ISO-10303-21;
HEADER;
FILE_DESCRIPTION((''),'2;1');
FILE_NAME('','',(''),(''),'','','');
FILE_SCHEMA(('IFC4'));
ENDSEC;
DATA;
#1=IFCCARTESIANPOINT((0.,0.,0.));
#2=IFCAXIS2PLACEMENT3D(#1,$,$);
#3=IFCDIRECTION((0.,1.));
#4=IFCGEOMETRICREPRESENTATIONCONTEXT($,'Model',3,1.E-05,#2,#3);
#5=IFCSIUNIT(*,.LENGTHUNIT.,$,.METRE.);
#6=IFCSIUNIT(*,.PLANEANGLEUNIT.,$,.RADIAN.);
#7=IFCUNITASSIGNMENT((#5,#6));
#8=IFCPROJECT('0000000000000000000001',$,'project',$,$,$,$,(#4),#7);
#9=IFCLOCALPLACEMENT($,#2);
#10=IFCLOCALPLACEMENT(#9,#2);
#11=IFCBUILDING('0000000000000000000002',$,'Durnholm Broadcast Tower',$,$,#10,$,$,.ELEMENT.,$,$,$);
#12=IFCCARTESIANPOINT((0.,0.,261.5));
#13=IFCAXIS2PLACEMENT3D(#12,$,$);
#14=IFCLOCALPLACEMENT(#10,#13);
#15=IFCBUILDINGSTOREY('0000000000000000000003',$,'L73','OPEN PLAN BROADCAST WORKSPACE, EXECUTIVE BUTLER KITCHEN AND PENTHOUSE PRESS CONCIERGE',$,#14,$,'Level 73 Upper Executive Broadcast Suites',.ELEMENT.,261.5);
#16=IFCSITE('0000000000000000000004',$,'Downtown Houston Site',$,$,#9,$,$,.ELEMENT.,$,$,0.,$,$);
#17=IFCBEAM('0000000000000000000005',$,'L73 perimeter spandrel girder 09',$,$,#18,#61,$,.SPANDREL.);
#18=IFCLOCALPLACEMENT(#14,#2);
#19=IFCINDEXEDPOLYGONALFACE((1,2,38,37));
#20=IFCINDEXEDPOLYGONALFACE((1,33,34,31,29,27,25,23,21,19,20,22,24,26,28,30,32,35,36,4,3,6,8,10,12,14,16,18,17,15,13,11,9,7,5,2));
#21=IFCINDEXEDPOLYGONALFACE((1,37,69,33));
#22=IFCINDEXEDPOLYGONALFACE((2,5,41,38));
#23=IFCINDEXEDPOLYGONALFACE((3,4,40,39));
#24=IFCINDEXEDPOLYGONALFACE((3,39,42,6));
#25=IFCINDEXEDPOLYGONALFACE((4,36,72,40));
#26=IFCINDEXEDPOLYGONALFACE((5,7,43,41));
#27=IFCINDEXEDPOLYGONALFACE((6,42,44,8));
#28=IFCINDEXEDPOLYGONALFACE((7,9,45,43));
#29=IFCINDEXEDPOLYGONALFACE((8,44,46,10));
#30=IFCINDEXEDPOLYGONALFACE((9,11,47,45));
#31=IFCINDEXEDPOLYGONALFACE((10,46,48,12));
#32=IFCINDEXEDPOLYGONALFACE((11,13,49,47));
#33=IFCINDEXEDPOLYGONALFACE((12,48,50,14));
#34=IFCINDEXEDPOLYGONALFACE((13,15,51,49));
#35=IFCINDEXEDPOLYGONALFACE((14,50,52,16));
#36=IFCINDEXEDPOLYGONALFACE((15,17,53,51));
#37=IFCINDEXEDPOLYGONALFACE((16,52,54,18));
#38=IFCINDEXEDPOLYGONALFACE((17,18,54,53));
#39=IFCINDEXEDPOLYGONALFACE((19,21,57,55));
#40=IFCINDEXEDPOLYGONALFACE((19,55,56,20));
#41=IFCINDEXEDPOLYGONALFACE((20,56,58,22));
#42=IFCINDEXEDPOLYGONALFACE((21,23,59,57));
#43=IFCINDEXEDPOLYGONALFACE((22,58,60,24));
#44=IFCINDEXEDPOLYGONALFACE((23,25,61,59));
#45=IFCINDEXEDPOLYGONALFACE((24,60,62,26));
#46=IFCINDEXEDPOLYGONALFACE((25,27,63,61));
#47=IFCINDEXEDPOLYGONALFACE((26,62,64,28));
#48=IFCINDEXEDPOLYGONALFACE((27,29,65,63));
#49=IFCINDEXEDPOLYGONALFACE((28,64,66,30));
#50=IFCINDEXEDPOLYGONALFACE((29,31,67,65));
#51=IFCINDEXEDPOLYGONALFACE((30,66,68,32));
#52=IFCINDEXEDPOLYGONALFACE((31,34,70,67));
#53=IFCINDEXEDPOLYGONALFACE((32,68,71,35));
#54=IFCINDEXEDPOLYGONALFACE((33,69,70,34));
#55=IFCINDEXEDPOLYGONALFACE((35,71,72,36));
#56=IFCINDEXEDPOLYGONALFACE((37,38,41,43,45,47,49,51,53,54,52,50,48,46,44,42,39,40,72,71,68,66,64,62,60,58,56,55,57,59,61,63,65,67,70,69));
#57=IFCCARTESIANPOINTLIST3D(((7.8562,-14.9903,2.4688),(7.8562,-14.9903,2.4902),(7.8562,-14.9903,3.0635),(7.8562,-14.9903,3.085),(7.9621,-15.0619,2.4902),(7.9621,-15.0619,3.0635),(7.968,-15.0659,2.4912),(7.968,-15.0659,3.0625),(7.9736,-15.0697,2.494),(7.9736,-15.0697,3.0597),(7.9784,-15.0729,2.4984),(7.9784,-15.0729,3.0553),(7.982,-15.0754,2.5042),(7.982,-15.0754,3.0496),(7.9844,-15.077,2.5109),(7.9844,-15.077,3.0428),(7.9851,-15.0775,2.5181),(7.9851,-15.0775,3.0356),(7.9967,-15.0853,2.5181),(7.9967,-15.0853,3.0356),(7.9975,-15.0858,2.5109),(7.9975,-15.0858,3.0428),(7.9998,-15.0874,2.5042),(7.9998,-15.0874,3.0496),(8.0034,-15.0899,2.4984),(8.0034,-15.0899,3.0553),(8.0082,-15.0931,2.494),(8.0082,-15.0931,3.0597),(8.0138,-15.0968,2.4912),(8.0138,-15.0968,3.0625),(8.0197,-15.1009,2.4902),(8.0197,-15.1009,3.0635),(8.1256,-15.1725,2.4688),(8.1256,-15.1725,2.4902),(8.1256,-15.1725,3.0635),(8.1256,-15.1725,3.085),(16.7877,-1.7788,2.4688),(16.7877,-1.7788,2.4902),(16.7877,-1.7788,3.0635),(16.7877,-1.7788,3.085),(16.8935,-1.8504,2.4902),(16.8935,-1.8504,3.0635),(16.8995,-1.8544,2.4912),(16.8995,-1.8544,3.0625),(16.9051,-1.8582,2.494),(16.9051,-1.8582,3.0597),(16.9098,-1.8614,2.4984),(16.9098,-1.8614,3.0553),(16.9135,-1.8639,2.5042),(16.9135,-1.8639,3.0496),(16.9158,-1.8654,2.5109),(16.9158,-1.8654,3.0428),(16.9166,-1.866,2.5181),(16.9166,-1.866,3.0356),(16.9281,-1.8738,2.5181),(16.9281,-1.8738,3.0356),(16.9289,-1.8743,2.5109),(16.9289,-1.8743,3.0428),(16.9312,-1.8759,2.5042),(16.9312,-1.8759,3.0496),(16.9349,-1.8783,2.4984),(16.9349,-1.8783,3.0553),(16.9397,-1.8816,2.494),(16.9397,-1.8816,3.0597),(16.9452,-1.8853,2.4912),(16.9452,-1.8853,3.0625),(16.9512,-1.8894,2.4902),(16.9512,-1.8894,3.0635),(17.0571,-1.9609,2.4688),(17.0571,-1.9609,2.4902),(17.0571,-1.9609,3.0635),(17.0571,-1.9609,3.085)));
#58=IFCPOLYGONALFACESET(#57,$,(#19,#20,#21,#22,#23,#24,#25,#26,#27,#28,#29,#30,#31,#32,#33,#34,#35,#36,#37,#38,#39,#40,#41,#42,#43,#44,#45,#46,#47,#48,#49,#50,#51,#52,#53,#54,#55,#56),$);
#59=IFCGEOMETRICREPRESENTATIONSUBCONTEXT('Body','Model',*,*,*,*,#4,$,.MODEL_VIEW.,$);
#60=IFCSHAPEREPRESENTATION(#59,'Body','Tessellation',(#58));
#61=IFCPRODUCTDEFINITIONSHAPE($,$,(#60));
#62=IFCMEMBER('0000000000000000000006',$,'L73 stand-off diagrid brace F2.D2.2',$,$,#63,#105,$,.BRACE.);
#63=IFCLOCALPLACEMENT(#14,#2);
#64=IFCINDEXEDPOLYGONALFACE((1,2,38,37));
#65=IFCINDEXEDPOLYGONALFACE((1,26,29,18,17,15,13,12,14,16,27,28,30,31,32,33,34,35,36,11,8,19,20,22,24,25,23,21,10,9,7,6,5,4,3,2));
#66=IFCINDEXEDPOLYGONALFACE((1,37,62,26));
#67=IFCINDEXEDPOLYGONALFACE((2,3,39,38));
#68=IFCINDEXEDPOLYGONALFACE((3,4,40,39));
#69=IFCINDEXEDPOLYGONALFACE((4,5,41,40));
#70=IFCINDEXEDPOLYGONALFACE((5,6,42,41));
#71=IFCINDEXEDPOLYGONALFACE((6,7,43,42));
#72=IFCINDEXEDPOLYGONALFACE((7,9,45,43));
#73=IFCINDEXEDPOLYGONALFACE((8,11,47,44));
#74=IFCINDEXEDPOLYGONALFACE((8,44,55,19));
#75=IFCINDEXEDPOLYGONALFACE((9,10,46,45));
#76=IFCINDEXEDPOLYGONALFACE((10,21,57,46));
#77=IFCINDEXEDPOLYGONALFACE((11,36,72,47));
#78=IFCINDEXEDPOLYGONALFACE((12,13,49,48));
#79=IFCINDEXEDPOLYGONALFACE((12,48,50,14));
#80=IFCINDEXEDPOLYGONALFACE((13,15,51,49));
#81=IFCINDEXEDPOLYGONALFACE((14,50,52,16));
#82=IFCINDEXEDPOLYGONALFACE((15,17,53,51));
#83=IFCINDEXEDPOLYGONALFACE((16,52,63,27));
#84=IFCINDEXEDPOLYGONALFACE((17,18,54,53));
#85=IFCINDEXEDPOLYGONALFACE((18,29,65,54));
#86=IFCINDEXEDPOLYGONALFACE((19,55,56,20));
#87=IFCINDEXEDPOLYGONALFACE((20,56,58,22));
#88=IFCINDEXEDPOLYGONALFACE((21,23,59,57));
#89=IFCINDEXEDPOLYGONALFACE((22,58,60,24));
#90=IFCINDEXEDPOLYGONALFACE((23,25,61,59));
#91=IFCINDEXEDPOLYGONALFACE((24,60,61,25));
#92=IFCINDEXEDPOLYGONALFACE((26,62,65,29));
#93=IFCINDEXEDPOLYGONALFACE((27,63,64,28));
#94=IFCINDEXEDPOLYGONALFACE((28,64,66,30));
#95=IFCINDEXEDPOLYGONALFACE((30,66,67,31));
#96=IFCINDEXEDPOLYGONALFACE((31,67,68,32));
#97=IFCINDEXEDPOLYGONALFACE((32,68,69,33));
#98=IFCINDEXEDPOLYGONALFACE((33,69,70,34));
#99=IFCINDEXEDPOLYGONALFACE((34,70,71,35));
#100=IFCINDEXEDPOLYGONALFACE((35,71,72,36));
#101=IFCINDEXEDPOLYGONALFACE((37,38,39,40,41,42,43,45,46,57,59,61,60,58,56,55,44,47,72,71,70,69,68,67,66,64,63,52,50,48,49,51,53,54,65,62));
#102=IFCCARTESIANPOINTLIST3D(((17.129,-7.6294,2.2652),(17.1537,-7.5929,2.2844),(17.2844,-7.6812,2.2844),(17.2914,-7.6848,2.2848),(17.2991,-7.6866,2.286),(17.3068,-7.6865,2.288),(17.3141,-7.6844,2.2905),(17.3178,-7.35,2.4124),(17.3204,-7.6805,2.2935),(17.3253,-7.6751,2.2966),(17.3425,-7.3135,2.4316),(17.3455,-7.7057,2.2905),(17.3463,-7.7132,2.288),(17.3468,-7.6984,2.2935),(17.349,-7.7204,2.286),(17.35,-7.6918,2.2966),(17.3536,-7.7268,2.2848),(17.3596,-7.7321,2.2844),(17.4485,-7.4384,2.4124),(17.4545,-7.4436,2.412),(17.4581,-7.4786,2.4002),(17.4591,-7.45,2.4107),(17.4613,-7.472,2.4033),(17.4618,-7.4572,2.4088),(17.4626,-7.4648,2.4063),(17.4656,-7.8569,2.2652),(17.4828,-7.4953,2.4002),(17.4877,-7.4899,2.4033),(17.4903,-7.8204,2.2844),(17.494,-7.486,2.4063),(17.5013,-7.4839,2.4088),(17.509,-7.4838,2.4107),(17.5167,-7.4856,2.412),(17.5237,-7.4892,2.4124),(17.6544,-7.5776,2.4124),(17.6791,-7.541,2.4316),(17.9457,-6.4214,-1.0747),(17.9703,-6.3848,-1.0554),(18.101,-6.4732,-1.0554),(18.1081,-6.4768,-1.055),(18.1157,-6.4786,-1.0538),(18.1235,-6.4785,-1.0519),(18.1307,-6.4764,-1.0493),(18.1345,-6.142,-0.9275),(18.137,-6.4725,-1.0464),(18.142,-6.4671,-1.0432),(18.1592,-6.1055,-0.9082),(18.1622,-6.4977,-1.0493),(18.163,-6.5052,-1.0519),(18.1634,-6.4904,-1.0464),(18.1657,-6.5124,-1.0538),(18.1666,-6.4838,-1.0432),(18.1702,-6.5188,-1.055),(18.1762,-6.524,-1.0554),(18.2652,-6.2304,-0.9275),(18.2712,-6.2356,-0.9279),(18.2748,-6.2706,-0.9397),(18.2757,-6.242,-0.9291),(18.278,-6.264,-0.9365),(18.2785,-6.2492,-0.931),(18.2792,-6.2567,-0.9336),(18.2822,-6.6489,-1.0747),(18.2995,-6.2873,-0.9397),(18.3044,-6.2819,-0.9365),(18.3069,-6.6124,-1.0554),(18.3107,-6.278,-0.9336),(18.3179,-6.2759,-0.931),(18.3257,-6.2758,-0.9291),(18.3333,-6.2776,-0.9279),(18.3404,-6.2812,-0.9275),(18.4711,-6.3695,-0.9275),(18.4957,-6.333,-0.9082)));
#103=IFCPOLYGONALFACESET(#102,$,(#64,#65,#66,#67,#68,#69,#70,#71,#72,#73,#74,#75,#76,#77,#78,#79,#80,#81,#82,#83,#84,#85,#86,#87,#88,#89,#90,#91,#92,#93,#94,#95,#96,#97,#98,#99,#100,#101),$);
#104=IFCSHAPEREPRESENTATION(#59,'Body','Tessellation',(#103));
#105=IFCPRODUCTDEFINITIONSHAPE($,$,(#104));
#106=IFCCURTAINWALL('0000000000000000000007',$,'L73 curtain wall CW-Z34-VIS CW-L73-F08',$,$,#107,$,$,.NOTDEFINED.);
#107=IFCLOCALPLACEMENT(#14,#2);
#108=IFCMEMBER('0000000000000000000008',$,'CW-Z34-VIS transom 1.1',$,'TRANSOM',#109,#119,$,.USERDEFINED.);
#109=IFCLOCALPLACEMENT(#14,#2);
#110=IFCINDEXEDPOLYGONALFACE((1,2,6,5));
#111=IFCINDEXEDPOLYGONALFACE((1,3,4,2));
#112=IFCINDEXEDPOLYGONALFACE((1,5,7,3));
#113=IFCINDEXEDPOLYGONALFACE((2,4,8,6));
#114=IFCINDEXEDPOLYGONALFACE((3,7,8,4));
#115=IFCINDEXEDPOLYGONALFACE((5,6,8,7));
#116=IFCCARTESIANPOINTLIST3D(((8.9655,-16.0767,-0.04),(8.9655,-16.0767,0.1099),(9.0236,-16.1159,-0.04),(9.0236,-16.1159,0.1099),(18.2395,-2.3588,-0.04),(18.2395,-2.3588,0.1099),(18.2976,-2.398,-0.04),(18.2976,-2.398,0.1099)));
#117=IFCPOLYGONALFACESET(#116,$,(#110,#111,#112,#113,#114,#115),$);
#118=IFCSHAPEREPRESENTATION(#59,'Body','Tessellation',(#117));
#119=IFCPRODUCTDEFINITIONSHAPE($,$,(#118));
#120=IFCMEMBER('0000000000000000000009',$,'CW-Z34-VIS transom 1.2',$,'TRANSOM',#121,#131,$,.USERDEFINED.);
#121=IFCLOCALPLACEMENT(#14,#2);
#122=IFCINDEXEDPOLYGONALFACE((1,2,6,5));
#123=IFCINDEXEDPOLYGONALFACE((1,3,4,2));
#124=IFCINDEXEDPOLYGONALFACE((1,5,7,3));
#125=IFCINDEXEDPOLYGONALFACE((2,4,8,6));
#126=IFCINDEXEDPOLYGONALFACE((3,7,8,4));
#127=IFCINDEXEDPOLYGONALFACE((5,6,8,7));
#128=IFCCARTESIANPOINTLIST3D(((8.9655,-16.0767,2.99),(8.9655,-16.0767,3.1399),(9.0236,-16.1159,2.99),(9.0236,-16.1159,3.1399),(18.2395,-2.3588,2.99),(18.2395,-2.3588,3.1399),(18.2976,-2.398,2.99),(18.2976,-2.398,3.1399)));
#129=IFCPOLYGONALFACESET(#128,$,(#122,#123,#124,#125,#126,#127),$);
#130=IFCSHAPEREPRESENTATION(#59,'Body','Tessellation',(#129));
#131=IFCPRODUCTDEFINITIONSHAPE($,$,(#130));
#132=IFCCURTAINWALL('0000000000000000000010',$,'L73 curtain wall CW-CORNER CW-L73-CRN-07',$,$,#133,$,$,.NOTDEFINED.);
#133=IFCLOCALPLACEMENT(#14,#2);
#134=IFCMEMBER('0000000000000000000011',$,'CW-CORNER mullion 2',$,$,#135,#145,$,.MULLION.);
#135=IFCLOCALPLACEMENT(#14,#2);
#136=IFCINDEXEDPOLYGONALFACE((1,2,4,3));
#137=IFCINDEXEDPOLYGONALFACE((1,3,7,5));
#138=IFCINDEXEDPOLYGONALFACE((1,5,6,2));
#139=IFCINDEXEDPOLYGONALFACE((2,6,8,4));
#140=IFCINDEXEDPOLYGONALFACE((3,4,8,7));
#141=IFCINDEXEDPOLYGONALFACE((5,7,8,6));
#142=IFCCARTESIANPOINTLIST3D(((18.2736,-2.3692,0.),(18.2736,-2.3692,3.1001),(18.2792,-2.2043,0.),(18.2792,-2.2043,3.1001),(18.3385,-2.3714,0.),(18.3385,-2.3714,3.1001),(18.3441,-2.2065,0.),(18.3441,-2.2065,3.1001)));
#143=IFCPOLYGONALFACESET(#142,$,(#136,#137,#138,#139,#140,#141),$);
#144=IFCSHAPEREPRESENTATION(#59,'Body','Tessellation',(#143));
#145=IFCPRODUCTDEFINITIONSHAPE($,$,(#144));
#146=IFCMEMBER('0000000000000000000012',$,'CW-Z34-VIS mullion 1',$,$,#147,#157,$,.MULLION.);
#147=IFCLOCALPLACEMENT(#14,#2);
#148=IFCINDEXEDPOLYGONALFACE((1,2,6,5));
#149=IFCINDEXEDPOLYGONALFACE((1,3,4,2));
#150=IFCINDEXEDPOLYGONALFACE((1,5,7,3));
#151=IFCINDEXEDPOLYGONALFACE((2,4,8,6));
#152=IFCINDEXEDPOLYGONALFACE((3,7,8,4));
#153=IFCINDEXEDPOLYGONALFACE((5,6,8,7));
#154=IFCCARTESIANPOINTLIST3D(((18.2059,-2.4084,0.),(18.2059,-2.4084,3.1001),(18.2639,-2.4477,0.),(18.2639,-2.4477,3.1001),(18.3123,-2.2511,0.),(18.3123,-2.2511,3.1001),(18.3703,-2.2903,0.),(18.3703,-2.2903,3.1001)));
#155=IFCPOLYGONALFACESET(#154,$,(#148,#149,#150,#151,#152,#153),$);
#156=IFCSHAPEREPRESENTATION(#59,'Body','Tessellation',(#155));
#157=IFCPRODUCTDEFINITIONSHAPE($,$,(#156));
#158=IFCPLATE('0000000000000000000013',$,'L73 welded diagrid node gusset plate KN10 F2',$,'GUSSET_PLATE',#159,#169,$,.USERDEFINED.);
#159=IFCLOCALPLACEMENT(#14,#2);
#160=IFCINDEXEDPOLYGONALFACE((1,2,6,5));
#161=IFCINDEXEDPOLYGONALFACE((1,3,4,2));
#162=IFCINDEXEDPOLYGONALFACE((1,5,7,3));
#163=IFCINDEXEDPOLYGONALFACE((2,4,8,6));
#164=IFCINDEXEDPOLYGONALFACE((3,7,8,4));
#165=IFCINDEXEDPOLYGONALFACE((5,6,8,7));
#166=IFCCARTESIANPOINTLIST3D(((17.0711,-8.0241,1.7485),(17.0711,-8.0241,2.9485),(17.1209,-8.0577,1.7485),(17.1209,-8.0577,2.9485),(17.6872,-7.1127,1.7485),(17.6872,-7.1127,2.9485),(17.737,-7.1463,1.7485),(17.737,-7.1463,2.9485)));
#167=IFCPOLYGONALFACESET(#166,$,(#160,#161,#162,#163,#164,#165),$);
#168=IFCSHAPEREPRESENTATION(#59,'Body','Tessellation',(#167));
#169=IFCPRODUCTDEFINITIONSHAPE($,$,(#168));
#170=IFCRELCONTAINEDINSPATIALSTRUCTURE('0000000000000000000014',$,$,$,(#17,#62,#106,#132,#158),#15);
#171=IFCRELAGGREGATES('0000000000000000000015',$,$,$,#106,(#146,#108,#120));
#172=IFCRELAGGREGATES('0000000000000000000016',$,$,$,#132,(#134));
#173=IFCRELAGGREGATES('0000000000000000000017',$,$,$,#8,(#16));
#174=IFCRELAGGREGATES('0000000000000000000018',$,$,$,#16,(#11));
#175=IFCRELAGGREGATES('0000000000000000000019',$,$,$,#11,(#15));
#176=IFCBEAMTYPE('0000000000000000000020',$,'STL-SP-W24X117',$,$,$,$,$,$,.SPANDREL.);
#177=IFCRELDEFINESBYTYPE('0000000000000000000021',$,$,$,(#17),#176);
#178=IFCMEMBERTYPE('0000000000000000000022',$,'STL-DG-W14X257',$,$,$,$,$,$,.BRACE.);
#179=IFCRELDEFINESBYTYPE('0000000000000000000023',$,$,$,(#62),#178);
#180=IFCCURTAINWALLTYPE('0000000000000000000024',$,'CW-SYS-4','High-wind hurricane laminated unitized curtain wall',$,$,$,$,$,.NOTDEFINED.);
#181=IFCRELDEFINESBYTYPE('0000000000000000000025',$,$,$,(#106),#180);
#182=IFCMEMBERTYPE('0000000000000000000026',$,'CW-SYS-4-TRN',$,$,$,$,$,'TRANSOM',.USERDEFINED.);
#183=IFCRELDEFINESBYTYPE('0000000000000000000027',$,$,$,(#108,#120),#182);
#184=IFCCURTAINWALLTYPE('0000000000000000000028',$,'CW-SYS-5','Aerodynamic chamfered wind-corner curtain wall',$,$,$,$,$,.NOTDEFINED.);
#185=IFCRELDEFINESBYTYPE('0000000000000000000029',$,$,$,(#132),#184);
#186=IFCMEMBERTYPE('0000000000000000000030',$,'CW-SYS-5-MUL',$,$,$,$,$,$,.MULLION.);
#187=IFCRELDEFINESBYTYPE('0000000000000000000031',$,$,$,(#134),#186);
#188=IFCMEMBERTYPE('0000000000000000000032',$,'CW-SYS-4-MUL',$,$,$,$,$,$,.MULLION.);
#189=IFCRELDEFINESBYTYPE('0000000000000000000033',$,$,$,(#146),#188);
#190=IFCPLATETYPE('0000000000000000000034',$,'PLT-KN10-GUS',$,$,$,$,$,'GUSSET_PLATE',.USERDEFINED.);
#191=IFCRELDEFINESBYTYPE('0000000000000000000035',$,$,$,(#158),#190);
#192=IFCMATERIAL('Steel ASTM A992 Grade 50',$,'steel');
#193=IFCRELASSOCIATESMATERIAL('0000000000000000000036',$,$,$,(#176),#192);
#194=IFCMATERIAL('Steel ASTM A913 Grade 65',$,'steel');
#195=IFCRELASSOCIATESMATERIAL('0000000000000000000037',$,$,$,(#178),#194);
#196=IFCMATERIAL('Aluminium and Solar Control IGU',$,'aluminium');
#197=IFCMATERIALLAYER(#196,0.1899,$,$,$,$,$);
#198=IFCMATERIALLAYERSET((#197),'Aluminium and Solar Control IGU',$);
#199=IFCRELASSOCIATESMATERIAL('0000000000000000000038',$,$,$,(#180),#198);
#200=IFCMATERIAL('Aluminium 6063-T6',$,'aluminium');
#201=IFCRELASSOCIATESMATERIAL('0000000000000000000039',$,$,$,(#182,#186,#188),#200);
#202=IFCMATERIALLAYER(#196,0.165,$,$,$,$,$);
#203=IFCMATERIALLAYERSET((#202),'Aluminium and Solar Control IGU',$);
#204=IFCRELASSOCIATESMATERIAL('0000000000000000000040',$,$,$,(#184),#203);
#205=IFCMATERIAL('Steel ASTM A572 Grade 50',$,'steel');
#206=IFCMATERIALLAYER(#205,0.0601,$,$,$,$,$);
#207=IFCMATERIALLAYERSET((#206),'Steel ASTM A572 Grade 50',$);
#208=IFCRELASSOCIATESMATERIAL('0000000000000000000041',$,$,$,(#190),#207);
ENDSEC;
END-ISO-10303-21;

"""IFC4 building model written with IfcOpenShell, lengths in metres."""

from ifc_helpers import new_model, si_unit, direction, frame, origin, origin_2d, place, context, subcontext, project, spatial, rectangle, i_section, extrude, source, transform, mapped, material, layer, layer_set, material_profile, profile_set, type_object, type_shapes, element, aggregate, save


model = new_model("IFC4")

# Units and contexts
model_context = context("Model", 3, precision=1e-05, world=origin(), true_north=direction((0.0, 1.0)))
body_context = subcontext(model_context, "Body", "Model", "MODEL_VIEW")
ifc_project = project(units=[si_unit("LENGTHUNIT", "METRE"), si_unit("PLANEANGLEUNIT", "RADIAN")], contexts=[model_context])

# Site, building, storey
site_placement = place(None, origin())
site = spatial("IfcSite", under=ifc_project, at=site_placement, Name="Downtown Houston Site", CompositionType="ELEMENT", RefElevation=0.0)
building_placement = place(site_placement, origin())
building = spatial("IfcBuilding", under=site, at=building_placement, Name="Durnholm Broadcast Tower", CompositionType="ELEMENT")
storey_placement = place(building_placement, frame((0.0, 0.0, 261.5)))
storey = spatial("IfcBuildingStorey", under=building, at=storey_placement, Name="L73", Description="OPEN PLAN BROADCAST WORKSPACE, EXECUTIVE BUTLER KITCHEN AND PENTHOUSE PRESS CONCIERGE", LongName="Level 73 Upper Executive Broadcast Suites", CompositionType="ELEMENT", Elevation=261.5)

# Beam
ifc_material_1 = material(Name="Steel ASTM A992 Grade 50", Category="steel")
ifc_material_profile_1 = material_profile(ifc_material_1, i_section(OverallWidth=0.3252, OverallDepth=0.6162, WebThickness=0.0139, FlangeThickness=0.0215, FilletRadius=0.0278, at=origin_2d()), Name="W24X117")
ifc_profile_set_1 = profile_set([ifc_material_profile_1], Name="Steel ASTM A992 Grade 50")
beam_type_1 = type_object("IfcBeamType", Name="STL-SP-W24X117", PredefinedType="SPANDREL", material=ifc_profile_set_1)
shared_shape_1 = source(origin(), body_context, "Body", "SweptSolid", [
    extrude(i_section(OverallWidth=0.3252, OverallDepth=0.6162, WebThickness=0.0139, FlangeThickness=0.0215, FilletRadius=0.0278, at=origin_2d()), origin(), (0.0, 0.0, 1.0), 15.9473),
])
beam_1_placement = place(storey_placement, frame((16.9224, -1.8699, 2.7769), z_axis=(-0.560062, -0.828451, 0.0), x_axis=(0.828451, -0.560062, 0.0)))
element("IfcBeam", 1, at=beam_1_placement, inside=storey, type_object=beam_type_1, Name="L73 perimeter spandrel girder 09", PredefinedType="SPANDREL", context=body_context, shape_type="MappedRepresentation", body=[
    mapped(shared_shape_1, transform((0.0, 0.0, 0.0), x_axis=(1.0, 0.0, 0.0), y_axis=(0.0, 1.0, 0.0), z_axis=(0.0, 0.0, 1.0), scale=1.0)),
])

# Member
ifc_material_2 = material(Name="Steel ASTM A913 Grade 65", Category="steel")
ifc_material_profile_2 = material_profile(ifc_material_2, i_section(OverallWidth=0.4062, OverallDepth=0.416, WebThickness=0.0298, FlangeThickness=0.0481, FilletRadius=0.0305, at=origin_2d()), Name="W14X257")
ifc_profile_set_2 = profile_set([ifc_material_profile_2], Name="Steel ASTM A913 Grade 65")
member_type_1 = type_object("IfcMemberType", Name="STL-DG-W14X257", PredefinedType="BRACE", material=ifc_profile_set_2)
shared_shape_2 = source(origin(), body_context, "Body", "SweptSolid", [
    extrude(i_section(OverallWidth=0.4062, OverallDepth=0.416, WebThickness=0.0298, FlangeThickness=0.0481, FilletRadius=0.0305, at=origin_2d()), origin(), (0.0, 0.0, 1.0), 3.6443),
])
type_shapes(member_type_1, [shared_shape_2])
member_1_placement = place(storey_placement, frame((18.2207, -6.3772, -0.9915), z_axis=(-0.224091, -0.331481, 0.916463), x_axis=(0.828452, -0.560059, 0.0)))
element("IfcMember", 2, at=member_1_placement, inside=storey, type_object=member_type_1, Name="L73 stand-off diagrid brace F2.D2.2", PredefinedType="BRACE", context=body_context, shape_type="MappedRepresentation", body=[
    mapped(shared_shape_2, transform((0.0, 0.0, 0.0), x_axis=(1.0, 0.0, 0.0), y_axis=(0.0, 1.0, 0.0), z_axis=(0.0, 0.0, 1.0), scale=1.0)),
])

# Curtain wall, members
ifc_material_3 = material(Name="Aluminium and Solar Control IGU", Category="aluminium")
ifc_layer_1 = layer(ifc_material_3, 0.1899)
ifc_layer_set_1 = layer_set([ifc_layer_1], Name="Aluminium and Solar Control IGU")
curtain_wall_type_1 = type_object("IfcCurtainWallType", Name="CW-SYS-4", Description="High-wind hurricane laminated unitized curtain wall", PredefinedType="NOTDEFINED", material=ifc_layer_set_1)
curtain_wall_1_placement = place(storey_placement, origin())
curtain_wall_1 = element("IfcCurtainWall", 3, at=curtain_wall_1_placement, inside=storey, type_object=curtain_wall_type_1, Name="L73 curtain wall CW-Z34-VIS CW-L73-F08", PredefinedType="NOTDEFINED")
ifc_material_4 = material(Name="Aluminium 6063-T6", Category="aluminium")
ifc_material_profile_3 = material_profile(ifc_material_4, rectangle(XDim=0.0701, YDim=0.1499, at=origin_2d()), Name="CWT70X150")
ifc_profile_set_3 = profile_set([ifc_material_profile_3], Name="Aluminium 6063-T6")
member_type_2 = type_object("IfcMemberType", Name="CW-SYS-4-TRN", ElementType="TRANSOM", PredefinedType="USERDEFINED", material=ifc_profile_set_3)
shared_shape_3 = source(origin(), body_context, "Body", "SweptSolid", [
    extrude(rectangle(XDim=0.0701, YDim=0.1499, at=origin_2d()), origin(), (0.0, 0.0, 1.0), 16.5586),
])
type_shapes(member_type_2, [shared_shape_3])
member_2_placement = place(storey_placement, frame((18.2686, -2.3784, 0.0349), z_axis=(-0.560071, -0.828444, 0.0), x_axis=(0.828444, -0.560071, 0.0)))
member_2 = element("IfcMember", 4, at=member_2_placement, type_object=member_type_2, Name="CW-Z34-VIS transom 1.1", ObjectType="TRANSOM", PredefinedType="USERDEFINED", context=body_context, shape_type="MappedRepresentation", body=[
    mapped(shared_shape_3, transform((0.0, 0.0, 0.0), x_axis=(1.0, 0.0, 0.0), y_axis=(0.0, 1.0, 0.0), z_axis=(0.0, 0.0, 1.0), scale=1.0)),
])
member_3_placement = place(storey_placement, frame((18.2686, -2.3784, 3.0649), z_axis=(-0.560071, -0.828444, 0.0), x_axis=(0.828444, -0.560071, 0.0)))
member_3 = element("IfcMember", 5, at=member_3_placement, type_object=member_type_2, Name="CW-Z34-VIS transom 1.2", ObjectType="TRANSOM", PredefinedType="USERDEFINED", context=body_context, shape_type="MappedRepresentation", body=[
    mapped(shared_shape_3, transform((0.0, 0.0, 0.0), x_axis=(1.0, 0.0, 0.0), y_axis=(0.0, 1.0, 0.0), z_axis=(0.0, 0.0, 1.0), scale=1.0)),
])

# Curtain wall, member
ifc_layer_2 = layer(ifc_material_3, 0.165)
ifc_layer_set_2 = layer_set([ifc_layer_2], Name="Aluminium and Solar Control IGU")
curtain_wall_type_2 = type_object("IfcCurtainWallType", Name="CW-SYS-5", Description="Aerodynamic chamfered wind-corner curtain wall", PredefinedType="NOTDEFINED", material=ifc_layer_set_2)
curtain_wall_2_placement = place(storey_placement, origin())
curtain_wall_2 = element("IfcCurtainWall", 6, at=curtain_wall_2_placement, inside=storey, type_object=curtain_wall_type_2, Name="L73 curtain wall CW-CORNER CW-L73-CRN-07", PredefinedType="NOTDEFINED")
ifc_material_profile_4 = material_profile(ifc_material_4, rectangle(XDim=0.0649, YDim=0.165, at=origin_2d()), Name="CWM65X165")
ifc_profile_set_4 = profile_set([ifc_material_profile_4], Name="Aluminium 6063-T6")
member_type_3 = type_object("IfcMemberType", Name="CW-SYS-5-MUL", PredefinedType="MULLION", material=ifc_profile_set_4)
shared_shape_4 = source(origin(), body_context, "Body", "SweptSolid", [
    extrude(rectangle(XDim=0.0649, YDim=0.165, at=origin_2d()), origin(), (0.0, 0.0, 1.0), 3.1001),
])
type_shapes(member_type_3, [shared_shape_4])
member_4_placement = place(storey_placement, frame((18.3088, -2.2878, 0.0), z_axis=(0.0, 0.0, 1.0), x_axis=(0.999411, -0.034318, 0.0)))
member_4 = element("IfcMember", 7, at=member_4_placement, type_object=member_type_3, Name="CW-CORNER mullion 2", PredefinedType="MULLION", context=body_context, shape_type="MappedRepresentation", body=[
    mapped(shared_shape_4, transform((0.0, 0.0, 0.0), x_axis=(1.0, 0.0, 0.0), y_axis=(0.0, 1.0, 0.0), z_axis=(0.0, 0.0, 1.0), scale=1.0)),
])

# Member
ifc_material_profile_5 = material_profile(ifc_material_4, rectangle(XDim=0.0701, YDim=0.1899, at=origin_2d()), Name="CWM70X190")
ifc_profile_set_5 = profile_set([ifc_material_profile_5], Name="Aluminium 6063-T6")
member_type_4 = type_object("IfcMemberType", Name="CW-SYS-4-MUL", PredefinedType="MULLION", material=ifc_profile_set_5)
shared_shape_5 = source(origin(), body_context, "Body", "SweptSolid", [
    extrude(rectangle(XDim=0.0701, YDim=0.1899, at=origin_2d()), origin(), (0.0, 0.0, 1.0), 3.1001),
])
type_shapes(member_type_4, [shared_shape_5])
member_5_placement = place(storey_placement, frame((18.2881, -2.3494, 0.0), z_axis=(0.0, 0.0, 1.0), x_axis=(0.828443, -0.560073, 0.0)))
member_5 = element("IfcMember", 8, at=member_5_placement, type_object=member_type_4, Name="CW-Z34-VIS mullion 1", PredefinedType="MULLION", context=body_context, shape_type="MappedRepresentation", body=[
    mapped(shared_shape_5, transform((0.0, 0.0, 0.0), x_axis=(1.0, 0.0, 0.0), y_axis=(0.0, 1.0, 0.0), z_axis=(0.0, 0.0, 1.0), scale=1.0)),
])
aggregate(curtain_wall_1, [member_5, member_2, member_3])

# Plate
ifc_material_5 = material(Name="Steel ASTM A572 Grade 50", Category="steel")
ifc_layer_3 = layer(ifc_material_5, 0.0601)
ifc_layer_set_3 = layer_set([ifc_layer_3], Name="Steel ASTM A572 Grade 50")
plate_type_1 = type_object("IfcPlateType", Name="PLT-KN10-GUS", ElementType="GUSSET_PLATE", PredefinedType="USERDEFINED", material=ifc_layer_set_3)
shared_shape_6 = source(origin(), body_context, "Body", "SweptSolid", [
    extrude(rectangle(XDim=1.1001, YDim=0.0601, at=origin_2d()), origin(), (0.0, 0.0, 1.0), 1.2),
])
type_shapes(plate_type_1, [shared_shape_6])
plate_1_placement = place(storey_placement, frame((17.4041, -7.5852, 1.7485), z_axis=(0.0, 0.0, 1.0), x_axis=(0.560061, 0.828452, 0.0)))
element("IfcPlate", 9, at=plate_1_placement, inside=storey, type_object=plate_type_1, Name="L73 welded diagrid node gusset plate KN10 F2", ObjectType="GUSSET_PLATE", PredefinedType="USERDEFINED", context=body_context, shape_type="MappedRepresentation", body=[
    mapped(shared_shape_6, transform((0.0, 0.0, 0.0), x_axis=(1.0, 0.0, 0.0), y_axis=(0.0, 1.0, 0.0), z_axis=(0.0, 0.0, 1.0), scale=1.0)),
])
aggregate(curtain_wall_2, [member_4])

save(model, "model.ifc")
